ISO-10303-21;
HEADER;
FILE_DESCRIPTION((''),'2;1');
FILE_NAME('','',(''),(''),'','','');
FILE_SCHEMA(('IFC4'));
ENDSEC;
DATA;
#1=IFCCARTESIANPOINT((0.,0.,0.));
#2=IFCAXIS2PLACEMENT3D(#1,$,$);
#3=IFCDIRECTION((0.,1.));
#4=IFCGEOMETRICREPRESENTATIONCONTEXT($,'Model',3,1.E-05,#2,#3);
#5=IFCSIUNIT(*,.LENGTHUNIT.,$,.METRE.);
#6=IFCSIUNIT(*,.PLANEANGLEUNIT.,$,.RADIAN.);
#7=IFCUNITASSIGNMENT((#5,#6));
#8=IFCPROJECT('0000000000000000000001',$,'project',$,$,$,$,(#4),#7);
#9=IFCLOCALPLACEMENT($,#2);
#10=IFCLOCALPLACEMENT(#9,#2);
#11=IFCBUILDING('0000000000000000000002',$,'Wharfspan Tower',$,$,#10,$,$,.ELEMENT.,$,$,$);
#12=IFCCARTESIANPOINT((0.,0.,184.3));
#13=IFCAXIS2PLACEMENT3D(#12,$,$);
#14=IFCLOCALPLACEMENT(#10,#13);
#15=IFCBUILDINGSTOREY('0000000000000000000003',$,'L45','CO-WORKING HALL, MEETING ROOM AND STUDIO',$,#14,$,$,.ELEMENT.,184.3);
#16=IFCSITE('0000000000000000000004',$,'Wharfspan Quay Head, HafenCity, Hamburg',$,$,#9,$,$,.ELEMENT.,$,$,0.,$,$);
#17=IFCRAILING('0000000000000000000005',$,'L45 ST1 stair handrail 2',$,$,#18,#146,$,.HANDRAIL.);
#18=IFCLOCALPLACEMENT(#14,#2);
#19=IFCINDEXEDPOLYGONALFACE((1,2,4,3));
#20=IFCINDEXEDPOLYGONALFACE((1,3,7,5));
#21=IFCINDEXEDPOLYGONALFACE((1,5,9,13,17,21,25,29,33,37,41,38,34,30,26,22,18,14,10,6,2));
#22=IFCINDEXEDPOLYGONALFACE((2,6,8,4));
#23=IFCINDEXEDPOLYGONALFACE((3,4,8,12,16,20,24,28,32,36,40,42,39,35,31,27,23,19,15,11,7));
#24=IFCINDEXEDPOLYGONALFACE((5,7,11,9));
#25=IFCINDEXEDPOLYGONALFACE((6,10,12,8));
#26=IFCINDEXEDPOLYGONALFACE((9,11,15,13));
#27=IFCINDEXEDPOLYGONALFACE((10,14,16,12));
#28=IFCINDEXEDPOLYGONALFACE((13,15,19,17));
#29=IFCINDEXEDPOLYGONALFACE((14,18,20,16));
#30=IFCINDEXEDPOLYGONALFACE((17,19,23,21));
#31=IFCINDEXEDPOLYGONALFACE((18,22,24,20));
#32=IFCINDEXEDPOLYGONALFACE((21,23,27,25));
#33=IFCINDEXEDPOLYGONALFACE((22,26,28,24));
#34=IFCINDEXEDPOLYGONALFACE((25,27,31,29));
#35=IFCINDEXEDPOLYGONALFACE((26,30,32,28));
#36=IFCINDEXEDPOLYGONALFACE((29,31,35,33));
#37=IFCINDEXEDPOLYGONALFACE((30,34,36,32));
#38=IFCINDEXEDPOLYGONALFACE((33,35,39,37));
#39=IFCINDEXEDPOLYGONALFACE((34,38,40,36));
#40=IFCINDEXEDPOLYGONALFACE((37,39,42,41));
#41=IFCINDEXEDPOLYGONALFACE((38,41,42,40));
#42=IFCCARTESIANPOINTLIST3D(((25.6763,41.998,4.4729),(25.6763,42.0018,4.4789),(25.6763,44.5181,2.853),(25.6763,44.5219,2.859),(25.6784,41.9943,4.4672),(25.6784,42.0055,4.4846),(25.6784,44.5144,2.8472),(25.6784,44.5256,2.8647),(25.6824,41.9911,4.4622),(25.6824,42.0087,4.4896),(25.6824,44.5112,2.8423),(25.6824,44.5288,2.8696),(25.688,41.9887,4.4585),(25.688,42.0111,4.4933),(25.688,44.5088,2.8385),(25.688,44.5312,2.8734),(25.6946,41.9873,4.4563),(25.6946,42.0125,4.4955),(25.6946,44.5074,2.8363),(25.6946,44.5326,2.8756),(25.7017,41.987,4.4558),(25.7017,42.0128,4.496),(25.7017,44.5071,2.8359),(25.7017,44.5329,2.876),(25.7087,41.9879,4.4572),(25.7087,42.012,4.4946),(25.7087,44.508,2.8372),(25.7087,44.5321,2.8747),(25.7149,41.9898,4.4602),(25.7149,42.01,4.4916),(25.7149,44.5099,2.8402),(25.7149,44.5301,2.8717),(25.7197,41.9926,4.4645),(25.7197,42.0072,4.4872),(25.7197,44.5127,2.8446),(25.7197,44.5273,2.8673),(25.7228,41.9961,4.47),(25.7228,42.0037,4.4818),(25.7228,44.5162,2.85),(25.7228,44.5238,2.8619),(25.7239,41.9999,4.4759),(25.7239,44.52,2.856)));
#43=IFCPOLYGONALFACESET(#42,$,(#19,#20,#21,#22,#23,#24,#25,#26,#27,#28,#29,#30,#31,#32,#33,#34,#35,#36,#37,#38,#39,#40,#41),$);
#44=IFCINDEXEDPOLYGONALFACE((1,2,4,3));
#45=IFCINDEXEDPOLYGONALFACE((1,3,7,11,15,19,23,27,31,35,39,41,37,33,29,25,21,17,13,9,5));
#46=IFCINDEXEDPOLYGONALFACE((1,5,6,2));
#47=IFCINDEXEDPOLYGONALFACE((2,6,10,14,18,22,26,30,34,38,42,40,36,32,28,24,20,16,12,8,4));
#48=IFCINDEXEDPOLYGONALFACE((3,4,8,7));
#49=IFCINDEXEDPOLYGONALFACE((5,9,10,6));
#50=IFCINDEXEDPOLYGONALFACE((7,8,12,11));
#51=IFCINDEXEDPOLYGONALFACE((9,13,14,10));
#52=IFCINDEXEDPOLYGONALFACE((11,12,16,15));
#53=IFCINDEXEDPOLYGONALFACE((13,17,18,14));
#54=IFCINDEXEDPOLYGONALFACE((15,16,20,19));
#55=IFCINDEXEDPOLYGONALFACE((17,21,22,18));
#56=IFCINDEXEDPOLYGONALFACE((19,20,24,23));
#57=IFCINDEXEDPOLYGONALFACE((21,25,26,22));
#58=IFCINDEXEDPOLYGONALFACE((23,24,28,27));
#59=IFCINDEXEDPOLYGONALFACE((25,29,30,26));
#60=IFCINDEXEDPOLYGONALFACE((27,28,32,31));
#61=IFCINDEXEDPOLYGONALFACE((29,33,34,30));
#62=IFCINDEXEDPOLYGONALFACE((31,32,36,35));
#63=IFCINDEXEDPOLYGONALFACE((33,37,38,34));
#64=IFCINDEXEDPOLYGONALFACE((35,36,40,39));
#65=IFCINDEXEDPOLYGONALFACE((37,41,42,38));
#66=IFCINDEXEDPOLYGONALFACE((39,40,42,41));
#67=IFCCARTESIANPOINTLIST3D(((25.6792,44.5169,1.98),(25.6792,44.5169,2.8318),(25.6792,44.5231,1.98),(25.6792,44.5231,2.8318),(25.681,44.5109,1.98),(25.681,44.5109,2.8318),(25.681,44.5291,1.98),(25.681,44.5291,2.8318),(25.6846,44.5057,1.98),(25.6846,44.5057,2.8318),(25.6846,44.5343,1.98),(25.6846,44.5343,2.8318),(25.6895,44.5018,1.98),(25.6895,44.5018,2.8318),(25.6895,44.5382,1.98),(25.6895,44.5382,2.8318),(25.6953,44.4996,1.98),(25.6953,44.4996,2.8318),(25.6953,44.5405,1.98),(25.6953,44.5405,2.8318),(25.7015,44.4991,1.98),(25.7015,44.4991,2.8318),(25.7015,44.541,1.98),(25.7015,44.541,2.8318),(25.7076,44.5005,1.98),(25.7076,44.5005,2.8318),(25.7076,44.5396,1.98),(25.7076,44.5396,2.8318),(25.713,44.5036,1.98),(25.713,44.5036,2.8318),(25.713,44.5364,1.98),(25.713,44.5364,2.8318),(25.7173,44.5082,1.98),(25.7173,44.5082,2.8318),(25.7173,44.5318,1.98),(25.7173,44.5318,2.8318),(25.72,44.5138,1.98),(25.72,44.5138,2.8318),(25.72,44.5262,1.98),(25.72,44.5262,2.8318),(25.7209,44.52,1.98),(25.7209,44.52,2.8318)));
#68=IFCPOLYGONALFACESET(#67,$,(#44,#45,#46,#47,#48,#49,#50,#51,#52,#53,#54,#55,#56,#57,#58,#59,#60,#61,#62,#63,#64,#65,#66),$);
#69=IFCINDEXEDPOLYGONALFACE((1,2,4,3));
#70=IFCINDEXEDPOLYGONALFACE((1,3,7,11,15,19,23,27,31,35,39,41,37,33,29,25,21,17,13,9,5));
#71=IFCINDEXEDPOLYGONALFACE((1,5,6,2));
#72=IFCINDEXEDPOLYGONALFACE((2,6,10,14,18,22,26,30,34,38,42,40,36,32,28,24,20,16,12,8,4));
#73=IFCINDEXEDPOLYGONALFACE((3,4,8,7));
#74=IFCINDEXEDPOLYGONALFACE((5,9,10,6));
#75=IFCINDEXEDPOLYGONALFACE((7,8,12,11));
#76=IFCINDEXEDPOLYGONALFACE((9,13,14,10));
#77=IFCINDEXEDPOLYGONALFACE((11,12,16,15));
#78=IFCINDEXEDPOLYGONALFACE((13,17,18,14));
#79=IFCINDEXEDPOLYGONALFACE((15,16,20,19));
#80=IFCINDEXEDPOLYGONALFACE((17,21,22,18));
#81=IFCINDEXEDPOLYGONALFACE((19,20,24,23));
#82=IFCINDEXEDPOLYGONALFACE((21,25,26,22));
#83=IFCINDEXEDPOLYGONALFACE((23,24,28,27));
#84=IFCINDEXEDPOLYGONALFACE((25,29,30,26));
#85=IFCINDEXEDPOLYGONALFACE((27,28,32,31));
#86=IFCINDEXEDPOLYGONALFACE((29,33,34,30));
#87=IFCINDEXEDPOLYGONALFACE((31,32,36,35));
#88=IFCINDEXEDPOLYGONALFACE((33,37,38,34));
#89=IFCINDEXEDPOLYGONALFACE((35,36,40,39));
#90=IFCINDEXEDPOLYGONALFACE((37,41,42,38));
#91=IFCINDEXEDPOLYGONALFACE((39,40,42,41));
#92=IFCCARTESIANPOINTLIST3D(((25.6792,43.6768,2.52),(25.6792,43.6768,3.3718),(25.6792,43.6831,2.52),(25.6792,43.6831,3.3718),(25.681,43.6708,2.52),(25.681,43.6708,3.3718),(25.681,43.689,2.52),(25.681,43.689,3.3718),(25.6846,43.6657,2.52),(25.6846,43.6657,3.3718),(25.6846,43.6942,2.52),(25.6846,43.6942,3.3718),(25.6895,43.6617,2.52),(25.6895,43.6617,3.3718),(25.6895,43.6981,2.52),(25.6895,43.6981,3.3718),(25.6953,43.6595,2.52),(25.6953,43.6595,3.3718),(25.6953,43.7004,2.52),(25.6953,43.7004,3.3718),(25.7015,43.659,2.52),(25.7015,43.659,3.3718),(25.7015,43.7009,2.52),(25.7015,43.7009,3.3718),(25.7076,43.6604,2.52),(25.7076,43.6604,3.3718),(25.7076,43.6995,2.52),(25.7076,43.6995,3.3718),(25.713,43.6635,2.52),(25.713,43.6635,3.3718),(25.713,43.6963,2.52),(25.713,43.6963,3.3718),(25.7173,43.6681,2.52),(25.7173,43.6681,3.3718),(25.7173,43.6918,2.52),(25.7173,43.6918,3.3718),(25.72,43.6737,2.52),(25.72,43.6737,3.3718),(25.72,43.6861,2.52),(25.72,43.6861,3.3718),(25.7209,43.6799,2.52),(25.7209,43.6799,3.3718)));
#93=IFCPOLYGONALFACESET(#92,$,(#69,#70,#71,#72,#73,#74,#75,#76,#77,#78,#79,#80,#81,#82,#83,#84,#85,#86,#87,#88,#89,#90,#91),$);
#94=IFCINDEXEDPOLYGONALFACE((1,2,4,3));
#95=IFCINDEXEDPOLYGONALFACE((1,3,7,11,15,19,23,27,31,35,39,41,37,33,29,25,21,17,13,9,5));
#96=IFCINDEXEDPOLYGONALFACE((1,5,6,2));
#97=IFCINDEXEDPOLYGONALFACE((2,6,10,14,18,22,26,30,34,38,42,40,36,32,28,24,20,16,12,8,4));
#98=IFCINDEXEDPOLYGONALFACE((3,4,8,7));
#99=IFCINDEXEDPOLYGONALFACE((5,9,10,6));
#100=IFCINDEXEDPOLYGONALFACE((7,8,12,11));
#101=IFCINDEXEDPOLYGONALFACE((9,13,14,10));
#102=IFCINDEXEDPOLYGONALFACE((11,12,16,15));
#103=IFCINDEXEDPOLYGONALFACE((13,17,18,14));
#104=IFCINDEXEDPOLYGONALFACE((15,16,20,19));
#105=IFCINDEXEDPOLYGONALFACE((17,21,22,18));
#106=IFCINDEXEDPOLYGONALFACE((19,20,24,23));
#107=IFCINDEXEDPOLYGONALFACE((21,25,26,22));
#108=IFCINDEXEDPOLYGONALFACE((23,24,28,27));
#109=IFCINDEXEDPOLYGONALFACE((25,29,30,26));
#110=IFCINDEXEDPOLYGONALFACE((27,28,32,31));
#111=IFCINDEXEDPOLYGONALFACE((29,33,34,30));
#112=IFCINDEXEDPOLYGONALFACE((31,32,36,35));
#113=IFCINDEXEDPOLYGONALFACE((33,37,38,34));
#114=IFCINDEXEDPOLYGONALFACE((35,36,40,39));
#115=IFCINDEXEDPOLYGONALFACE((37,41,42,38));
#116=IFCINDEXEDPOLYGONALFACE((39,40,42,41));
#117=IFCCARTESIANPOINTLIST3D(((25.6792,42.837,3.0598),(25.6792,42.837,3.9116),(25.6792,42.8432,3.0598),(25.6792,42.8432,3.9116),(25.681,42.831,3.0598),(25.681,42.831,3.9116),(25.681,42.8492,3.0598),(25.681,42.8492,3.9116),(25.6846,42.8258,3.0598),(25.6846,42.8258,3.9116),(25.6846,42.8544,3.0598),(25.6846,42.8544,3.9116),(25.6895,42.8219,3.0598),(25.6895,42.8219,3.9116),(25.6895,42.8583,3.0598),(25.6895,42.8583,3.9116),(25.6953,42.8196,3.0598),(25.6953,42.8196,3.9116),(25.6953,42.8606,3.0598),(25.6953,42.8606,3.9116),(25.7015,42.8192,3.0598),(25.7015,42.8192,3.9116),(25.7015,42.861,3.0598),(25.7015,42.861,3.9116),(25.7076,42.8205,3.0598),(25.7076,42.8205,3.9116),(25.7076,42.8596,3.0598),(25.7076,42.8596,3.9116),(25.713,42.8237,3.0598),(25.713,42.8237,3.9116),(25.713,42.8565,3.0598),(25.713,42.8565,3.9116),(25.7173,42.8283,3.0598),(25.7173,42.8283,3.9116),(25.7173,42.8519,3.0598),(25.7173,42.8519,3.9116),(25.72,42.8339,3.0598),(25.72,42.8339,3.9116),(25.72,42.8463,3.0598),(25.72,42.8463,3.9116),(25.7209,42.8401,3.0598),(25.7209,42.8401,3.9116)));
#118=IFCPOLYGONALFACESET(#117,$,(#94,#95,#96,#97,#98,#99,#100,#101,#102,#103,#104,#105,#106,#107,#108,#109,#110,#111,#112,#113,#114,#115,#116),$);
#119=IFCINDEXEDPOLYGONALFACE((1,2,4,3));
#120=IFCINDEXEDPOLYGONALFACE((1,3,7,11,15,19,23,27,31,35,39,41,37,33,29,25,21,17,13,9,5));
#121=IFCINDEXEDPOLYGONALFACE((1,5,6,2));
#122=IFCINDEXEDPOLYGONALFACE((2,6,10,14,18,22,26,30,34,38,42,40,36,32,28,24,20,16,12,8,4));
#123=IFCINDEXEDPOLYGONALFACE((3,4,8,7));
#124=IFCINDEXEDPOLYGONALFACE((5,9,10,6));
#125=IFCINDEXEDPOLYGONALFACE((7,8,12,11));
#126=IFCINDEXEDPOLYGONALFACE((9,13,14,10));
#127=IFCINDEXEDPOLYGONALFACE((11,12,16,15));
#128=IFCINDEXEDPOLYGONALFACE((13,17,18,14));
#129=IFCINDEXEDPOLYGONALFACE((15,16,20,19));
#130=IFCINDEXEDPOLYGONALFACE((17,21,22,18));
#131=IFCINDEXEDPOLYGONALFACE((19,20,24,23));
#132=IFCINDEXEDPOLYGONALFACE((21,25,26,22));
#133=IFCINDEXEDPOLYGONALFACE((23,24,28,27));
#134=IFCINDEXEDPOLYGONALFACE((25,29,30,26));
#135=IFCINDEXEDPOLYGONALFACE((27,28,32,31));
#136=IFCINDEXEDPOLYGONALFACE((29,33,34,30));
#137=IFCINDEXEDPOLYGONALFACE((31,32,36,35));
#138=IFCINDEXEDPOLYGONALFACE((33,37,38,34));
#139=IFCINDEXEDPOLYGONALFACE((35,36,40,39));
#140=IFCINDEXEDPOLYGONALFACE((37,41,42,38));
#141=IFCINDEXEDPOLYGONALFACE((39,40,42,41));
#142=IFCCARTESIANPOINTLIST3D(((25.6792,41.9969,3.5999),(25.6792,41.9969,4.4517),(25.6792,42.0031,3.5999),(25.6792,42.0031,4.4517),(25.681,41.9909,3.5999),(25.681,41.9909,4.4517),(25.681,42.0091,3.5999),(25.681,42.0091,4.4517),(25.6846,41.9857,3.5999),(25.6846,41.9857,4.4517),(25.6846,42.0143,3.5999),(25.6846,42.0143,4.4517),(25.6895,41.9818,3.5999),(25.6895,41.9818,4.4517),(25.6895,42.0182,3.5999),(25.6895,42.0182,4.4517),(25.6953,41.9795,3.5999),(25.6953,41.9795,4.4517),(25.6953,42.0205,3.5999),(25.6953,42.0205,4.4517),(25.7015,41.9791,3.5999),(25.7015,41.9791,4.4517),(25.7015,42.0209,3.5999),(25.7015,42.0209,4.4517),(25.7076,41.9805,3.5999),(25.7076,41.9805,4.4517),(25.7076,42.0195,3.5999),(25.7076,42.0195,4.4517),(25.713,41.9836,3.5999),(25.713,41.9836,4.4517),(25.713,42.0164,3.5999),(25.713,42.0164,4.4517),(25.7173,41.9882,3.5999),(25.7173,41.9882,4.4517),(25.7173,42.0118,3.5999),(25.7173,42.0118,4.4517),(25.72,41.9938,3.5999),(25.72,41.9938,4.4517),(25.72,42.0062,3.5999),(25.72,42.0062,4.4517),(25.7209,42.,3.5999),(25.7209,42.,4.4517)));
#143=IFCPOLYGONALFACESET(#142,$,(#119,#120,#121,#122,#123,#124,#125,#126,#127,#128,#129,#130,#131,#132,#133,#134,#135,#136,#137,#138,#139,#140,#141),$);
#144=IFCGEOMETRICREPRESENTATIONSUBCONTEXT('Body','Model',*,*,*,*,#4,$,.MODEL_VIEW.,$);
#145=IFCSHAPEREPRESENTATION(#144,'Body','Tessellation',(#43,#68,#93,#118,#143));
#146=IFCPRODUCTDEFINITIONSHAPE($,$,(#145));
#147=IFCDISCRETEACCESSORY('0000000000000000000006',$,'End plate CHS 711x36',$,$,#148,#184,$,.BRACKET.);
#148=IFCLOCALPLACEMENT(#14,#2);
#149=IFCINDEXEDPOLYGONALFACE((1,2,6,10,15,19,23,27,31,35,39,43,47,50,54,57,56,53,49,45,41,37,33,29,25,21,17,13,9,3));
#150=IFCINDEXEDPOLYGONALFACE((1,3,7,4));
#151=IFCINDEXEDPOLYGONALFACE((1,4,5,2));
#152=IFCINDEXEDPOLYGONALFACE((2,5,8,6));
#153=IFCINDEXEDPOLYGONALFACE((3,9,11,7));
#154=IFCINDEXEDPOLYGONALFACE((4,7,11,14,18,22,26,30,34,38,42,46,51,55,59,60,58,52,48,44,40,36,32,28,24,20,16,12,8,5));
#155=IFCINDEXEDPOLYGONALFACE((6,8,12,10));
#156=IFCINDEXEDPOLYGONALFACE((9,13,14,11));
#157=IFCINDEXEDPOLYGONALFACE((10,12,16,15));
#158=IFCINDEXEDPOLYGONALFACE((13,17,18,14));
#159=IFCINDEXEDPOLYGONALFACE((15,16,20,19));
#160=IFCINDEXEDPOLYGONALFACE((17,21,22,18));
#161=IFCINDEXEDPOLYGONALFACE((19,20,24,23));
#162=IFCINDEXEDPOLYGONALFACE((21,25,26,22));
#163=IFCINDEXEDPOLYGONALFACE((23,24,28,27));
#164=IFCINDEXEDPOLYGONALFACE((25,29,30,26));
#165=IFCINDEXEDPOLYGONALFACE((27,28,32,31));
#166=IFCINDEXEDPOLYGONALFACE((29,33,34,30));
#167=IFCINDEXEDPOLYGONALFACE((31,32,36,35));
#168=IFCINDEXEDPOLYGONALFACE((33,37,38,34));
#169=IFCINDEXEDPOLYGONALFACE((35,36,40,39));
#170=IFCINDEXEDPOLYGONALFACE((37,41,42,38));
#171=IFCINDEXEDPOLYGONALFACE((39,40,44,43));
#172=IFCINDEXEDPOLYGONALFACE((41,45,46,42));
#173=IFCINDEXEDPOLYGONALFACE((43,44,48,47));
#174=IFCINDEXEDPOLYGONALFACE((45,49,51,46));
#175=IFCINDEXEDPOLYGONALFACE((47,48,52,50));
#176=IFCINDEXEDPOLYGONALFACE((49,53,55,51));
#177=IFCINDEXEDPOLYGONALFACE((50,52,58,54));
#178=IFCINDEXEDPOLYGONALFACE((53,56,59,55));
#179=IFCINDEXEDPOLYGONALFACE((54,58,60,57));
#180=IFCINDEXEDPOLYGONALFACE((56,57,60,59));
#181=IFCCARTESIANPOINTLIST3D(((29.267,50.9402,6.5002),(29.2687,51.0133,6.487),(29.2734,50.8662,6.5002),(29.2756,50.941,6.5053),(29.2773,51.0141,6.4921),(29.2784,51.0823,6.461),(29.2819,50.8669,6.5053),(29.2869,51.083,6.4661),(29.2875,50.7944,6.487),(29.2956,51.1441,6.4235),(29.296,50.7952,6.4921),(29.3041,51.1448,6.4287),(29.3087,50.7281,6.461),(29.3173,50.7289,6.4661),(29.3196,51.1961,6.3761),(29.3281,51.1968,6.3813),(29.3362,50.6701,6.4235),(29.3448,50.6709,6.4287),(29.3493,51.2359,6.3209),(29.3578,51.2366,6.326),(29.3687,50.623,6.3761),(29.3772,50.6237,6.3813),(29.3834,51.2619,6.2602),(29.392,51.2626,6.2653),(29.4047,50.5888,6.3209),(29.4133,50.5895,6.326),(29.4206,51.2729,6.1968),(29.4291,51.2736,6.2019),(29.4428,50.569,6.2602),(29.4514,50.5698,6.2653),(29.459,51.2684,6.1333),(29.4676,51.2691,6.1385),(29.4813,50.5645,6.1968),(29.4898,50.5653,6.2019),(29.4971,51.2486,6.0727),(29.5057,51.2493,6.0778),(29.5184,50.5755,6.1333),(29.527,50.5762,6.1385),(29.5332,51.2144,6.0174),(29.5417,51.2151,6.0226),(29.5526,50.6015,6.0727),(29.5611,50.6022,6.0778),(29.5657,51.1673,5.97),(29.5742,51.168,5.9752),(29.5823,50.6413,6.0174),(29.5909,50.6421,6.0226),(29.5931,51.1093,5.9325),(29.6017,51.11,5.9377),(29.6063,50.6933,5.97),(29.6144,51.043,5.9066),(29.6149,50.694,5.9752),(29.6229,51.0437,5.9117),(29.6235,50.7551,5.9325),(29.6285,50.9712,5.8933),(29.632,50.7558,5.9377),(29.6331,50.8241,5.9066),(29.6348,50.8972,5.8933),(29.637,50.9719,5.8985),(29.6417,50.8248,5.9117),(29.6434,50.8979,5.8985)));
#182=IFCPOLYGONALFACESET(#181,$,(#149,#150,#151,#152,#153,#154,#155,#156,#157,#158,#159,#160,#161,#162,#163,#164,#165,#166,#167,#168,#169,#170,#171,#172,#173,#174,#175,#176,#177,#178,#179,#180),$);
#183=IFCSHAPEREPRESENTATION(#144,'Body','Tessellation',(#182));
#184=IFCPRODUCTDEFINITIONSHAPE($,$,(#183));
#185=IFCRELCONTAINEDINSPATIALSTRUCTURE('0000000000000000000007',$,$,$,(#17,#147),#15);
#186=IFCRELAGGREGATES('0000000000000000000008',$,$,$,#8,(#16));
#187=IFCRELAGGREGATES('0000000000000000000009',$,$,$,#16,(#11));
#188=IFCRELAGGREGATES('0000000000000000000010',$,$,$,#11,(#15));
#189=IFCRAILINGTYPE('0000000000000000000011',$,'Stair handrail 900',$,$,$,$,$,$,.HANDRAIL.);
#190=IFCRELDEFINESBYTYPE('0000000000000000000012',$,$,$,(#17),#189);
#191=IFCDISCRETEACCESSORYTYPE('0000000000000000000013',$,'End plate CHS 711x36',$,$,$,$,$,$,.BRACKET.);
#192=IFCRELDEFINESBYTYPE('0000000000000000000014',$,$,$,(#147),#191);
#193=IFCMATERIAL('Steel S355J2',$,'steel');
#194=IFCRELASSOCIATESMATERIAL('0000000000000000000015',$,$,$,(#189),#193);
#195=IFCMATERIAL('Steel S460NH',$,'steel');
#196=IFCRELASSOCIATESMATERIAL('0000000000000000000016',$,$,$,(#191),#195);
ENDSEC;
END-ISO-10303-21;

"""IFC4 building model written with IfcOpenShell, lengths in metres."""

from ifc_helpers import new_model, si_unit, direction, frame, origin, origin_2d, place, context, subcontext, project, spatial, circle, extrude, material, material_profile, profile_set, type_object, element, save


model = new_model("IFC4")

# Units and contexts
model_context = context("Model", 3, precision=1e-05, world=origin(), true_north=direction((0.0, 1.0)))
body_context = subcontext(model_context, "Body", "Model", "MODEL_VIEW")
ifc_project = project(units=[si_unit("LENGTHUNIT", "METRE"), si_unit("PLANEANGLEUNIT", "RADIAN")], contexts=[model_context])

# Site, building, storey
site_placement = place(None, origin())
site = spatial("IfcSite", under=ifc_project, at=site_placement, Name="Wharfspan Quay Head, HafenCity, Hamburg", CompositionType="ELEMENT", RefElevation=0.0)
building_placement = place(site_placement, origin())
building = spatial("IfcBuilding", under=site, at=building_placement, Name="Wharfspan Tower", CompositionType="ELEMENT")
storey_placement = place(building_placement, frame((0.0, 0.0, 184.3)))
storey = spatial("IfcBuildingStorey", under=building, at=storey_placement, Name="L45", Description="CO-WORKING HALL, MEETING ROOM AND STUDIO", CompositionType="ELEMENT", Elevation=184.3)

# Shared definitions
ifc_material_1 = material(Name="Steel S355J2", Category="steel")

# Shared definitions
ifc_material_2 = material(Name="Steel S460NH", Category="steel")

# Railing
railing_type_1 = type_object("IfcRailingType", Name="Stair handrail 900", PredefinedType="HANDRAIL", material=ifc_material_1)
railing_1_placement = place(storey_placement, frame((25.7, 44.52, 1.98)))
element("IfcRailing", 1, at=railing_1_placement, inside=storey, type_object=railing_type_1, Name="L45 ST1 stair handrail 2", PredefinedType="HANDRAIL", context=body_context, shape_type="SweptSolid", body=[
    extrude(circle(Radius=0.0239, at=origin_2d()), frame((0.0, 0.0, 0.876), z_axis=(0.0, -0.8412, 0.540725), x_axis=(1.0, 0.0, 0.0)), (0.0, 0.0, 1.0), 2.9958),
    extrude(circle(Radius=0.021, at=origin_2d()), origin(), (0.0, 0.0, 1.0), 0.8518),
    extrude(circle(Radius=0.021, at=origin_2d()), frame((0.0, -0.8401, 0.54)), (0.0, 0.0, 1.0), 0.8518),
    extrude(circle(Radius=0.021, at=origin_2d()), frame((0.0, -1.6799, 1.0798)), (0.0, 0.0, 1.0), 0.8518),
    extrude(circle(Radius=0.021, at=origin_2d()), frame((0.0, -2.52, 1.6199)), (0.0, 0.0, 1.0), 0.8518),
])

# Discrete accessory
ifc_material_profile_1 = material_profile(ifc_material_2, circle(Radius=0.3555, at=origin_2d()))
ifc_profile_set_1 = profile_set([ifc_material_profile_1], Name="Steel S460NH")
discrete_accessory_type = type_object("IfcDiscreteAccessoryType", Name="End plate CHS 711x36", PredefinedType="BRACKET", material=ifc_profile_set_1)
for number, where, z_axis, x_axis, name in (
    (2, (29.4509, 50.9187, 6.1968), (0.855186, 0.073302, 0.513112), (-0.085402, 0.996345, 0.000001), "End plate CHS 711x36"),
):
    element("IfcDiscreteAccessory", number, at=place(storey_placement, frame(where, z_axis=z_axis, x_axis=x_axis)), inside=storey, type_object=discrete_accessory_type, Name=name, PredefinedType="BRACKET", context=body_context, shape_type="SweptSolid", body=[
        extrude(circle(Radius=0.3555, at=origin_2d()), origin(), (0.0, 0.0, 1.0), 0.01),
    ])

save(model, "model.ifc")
